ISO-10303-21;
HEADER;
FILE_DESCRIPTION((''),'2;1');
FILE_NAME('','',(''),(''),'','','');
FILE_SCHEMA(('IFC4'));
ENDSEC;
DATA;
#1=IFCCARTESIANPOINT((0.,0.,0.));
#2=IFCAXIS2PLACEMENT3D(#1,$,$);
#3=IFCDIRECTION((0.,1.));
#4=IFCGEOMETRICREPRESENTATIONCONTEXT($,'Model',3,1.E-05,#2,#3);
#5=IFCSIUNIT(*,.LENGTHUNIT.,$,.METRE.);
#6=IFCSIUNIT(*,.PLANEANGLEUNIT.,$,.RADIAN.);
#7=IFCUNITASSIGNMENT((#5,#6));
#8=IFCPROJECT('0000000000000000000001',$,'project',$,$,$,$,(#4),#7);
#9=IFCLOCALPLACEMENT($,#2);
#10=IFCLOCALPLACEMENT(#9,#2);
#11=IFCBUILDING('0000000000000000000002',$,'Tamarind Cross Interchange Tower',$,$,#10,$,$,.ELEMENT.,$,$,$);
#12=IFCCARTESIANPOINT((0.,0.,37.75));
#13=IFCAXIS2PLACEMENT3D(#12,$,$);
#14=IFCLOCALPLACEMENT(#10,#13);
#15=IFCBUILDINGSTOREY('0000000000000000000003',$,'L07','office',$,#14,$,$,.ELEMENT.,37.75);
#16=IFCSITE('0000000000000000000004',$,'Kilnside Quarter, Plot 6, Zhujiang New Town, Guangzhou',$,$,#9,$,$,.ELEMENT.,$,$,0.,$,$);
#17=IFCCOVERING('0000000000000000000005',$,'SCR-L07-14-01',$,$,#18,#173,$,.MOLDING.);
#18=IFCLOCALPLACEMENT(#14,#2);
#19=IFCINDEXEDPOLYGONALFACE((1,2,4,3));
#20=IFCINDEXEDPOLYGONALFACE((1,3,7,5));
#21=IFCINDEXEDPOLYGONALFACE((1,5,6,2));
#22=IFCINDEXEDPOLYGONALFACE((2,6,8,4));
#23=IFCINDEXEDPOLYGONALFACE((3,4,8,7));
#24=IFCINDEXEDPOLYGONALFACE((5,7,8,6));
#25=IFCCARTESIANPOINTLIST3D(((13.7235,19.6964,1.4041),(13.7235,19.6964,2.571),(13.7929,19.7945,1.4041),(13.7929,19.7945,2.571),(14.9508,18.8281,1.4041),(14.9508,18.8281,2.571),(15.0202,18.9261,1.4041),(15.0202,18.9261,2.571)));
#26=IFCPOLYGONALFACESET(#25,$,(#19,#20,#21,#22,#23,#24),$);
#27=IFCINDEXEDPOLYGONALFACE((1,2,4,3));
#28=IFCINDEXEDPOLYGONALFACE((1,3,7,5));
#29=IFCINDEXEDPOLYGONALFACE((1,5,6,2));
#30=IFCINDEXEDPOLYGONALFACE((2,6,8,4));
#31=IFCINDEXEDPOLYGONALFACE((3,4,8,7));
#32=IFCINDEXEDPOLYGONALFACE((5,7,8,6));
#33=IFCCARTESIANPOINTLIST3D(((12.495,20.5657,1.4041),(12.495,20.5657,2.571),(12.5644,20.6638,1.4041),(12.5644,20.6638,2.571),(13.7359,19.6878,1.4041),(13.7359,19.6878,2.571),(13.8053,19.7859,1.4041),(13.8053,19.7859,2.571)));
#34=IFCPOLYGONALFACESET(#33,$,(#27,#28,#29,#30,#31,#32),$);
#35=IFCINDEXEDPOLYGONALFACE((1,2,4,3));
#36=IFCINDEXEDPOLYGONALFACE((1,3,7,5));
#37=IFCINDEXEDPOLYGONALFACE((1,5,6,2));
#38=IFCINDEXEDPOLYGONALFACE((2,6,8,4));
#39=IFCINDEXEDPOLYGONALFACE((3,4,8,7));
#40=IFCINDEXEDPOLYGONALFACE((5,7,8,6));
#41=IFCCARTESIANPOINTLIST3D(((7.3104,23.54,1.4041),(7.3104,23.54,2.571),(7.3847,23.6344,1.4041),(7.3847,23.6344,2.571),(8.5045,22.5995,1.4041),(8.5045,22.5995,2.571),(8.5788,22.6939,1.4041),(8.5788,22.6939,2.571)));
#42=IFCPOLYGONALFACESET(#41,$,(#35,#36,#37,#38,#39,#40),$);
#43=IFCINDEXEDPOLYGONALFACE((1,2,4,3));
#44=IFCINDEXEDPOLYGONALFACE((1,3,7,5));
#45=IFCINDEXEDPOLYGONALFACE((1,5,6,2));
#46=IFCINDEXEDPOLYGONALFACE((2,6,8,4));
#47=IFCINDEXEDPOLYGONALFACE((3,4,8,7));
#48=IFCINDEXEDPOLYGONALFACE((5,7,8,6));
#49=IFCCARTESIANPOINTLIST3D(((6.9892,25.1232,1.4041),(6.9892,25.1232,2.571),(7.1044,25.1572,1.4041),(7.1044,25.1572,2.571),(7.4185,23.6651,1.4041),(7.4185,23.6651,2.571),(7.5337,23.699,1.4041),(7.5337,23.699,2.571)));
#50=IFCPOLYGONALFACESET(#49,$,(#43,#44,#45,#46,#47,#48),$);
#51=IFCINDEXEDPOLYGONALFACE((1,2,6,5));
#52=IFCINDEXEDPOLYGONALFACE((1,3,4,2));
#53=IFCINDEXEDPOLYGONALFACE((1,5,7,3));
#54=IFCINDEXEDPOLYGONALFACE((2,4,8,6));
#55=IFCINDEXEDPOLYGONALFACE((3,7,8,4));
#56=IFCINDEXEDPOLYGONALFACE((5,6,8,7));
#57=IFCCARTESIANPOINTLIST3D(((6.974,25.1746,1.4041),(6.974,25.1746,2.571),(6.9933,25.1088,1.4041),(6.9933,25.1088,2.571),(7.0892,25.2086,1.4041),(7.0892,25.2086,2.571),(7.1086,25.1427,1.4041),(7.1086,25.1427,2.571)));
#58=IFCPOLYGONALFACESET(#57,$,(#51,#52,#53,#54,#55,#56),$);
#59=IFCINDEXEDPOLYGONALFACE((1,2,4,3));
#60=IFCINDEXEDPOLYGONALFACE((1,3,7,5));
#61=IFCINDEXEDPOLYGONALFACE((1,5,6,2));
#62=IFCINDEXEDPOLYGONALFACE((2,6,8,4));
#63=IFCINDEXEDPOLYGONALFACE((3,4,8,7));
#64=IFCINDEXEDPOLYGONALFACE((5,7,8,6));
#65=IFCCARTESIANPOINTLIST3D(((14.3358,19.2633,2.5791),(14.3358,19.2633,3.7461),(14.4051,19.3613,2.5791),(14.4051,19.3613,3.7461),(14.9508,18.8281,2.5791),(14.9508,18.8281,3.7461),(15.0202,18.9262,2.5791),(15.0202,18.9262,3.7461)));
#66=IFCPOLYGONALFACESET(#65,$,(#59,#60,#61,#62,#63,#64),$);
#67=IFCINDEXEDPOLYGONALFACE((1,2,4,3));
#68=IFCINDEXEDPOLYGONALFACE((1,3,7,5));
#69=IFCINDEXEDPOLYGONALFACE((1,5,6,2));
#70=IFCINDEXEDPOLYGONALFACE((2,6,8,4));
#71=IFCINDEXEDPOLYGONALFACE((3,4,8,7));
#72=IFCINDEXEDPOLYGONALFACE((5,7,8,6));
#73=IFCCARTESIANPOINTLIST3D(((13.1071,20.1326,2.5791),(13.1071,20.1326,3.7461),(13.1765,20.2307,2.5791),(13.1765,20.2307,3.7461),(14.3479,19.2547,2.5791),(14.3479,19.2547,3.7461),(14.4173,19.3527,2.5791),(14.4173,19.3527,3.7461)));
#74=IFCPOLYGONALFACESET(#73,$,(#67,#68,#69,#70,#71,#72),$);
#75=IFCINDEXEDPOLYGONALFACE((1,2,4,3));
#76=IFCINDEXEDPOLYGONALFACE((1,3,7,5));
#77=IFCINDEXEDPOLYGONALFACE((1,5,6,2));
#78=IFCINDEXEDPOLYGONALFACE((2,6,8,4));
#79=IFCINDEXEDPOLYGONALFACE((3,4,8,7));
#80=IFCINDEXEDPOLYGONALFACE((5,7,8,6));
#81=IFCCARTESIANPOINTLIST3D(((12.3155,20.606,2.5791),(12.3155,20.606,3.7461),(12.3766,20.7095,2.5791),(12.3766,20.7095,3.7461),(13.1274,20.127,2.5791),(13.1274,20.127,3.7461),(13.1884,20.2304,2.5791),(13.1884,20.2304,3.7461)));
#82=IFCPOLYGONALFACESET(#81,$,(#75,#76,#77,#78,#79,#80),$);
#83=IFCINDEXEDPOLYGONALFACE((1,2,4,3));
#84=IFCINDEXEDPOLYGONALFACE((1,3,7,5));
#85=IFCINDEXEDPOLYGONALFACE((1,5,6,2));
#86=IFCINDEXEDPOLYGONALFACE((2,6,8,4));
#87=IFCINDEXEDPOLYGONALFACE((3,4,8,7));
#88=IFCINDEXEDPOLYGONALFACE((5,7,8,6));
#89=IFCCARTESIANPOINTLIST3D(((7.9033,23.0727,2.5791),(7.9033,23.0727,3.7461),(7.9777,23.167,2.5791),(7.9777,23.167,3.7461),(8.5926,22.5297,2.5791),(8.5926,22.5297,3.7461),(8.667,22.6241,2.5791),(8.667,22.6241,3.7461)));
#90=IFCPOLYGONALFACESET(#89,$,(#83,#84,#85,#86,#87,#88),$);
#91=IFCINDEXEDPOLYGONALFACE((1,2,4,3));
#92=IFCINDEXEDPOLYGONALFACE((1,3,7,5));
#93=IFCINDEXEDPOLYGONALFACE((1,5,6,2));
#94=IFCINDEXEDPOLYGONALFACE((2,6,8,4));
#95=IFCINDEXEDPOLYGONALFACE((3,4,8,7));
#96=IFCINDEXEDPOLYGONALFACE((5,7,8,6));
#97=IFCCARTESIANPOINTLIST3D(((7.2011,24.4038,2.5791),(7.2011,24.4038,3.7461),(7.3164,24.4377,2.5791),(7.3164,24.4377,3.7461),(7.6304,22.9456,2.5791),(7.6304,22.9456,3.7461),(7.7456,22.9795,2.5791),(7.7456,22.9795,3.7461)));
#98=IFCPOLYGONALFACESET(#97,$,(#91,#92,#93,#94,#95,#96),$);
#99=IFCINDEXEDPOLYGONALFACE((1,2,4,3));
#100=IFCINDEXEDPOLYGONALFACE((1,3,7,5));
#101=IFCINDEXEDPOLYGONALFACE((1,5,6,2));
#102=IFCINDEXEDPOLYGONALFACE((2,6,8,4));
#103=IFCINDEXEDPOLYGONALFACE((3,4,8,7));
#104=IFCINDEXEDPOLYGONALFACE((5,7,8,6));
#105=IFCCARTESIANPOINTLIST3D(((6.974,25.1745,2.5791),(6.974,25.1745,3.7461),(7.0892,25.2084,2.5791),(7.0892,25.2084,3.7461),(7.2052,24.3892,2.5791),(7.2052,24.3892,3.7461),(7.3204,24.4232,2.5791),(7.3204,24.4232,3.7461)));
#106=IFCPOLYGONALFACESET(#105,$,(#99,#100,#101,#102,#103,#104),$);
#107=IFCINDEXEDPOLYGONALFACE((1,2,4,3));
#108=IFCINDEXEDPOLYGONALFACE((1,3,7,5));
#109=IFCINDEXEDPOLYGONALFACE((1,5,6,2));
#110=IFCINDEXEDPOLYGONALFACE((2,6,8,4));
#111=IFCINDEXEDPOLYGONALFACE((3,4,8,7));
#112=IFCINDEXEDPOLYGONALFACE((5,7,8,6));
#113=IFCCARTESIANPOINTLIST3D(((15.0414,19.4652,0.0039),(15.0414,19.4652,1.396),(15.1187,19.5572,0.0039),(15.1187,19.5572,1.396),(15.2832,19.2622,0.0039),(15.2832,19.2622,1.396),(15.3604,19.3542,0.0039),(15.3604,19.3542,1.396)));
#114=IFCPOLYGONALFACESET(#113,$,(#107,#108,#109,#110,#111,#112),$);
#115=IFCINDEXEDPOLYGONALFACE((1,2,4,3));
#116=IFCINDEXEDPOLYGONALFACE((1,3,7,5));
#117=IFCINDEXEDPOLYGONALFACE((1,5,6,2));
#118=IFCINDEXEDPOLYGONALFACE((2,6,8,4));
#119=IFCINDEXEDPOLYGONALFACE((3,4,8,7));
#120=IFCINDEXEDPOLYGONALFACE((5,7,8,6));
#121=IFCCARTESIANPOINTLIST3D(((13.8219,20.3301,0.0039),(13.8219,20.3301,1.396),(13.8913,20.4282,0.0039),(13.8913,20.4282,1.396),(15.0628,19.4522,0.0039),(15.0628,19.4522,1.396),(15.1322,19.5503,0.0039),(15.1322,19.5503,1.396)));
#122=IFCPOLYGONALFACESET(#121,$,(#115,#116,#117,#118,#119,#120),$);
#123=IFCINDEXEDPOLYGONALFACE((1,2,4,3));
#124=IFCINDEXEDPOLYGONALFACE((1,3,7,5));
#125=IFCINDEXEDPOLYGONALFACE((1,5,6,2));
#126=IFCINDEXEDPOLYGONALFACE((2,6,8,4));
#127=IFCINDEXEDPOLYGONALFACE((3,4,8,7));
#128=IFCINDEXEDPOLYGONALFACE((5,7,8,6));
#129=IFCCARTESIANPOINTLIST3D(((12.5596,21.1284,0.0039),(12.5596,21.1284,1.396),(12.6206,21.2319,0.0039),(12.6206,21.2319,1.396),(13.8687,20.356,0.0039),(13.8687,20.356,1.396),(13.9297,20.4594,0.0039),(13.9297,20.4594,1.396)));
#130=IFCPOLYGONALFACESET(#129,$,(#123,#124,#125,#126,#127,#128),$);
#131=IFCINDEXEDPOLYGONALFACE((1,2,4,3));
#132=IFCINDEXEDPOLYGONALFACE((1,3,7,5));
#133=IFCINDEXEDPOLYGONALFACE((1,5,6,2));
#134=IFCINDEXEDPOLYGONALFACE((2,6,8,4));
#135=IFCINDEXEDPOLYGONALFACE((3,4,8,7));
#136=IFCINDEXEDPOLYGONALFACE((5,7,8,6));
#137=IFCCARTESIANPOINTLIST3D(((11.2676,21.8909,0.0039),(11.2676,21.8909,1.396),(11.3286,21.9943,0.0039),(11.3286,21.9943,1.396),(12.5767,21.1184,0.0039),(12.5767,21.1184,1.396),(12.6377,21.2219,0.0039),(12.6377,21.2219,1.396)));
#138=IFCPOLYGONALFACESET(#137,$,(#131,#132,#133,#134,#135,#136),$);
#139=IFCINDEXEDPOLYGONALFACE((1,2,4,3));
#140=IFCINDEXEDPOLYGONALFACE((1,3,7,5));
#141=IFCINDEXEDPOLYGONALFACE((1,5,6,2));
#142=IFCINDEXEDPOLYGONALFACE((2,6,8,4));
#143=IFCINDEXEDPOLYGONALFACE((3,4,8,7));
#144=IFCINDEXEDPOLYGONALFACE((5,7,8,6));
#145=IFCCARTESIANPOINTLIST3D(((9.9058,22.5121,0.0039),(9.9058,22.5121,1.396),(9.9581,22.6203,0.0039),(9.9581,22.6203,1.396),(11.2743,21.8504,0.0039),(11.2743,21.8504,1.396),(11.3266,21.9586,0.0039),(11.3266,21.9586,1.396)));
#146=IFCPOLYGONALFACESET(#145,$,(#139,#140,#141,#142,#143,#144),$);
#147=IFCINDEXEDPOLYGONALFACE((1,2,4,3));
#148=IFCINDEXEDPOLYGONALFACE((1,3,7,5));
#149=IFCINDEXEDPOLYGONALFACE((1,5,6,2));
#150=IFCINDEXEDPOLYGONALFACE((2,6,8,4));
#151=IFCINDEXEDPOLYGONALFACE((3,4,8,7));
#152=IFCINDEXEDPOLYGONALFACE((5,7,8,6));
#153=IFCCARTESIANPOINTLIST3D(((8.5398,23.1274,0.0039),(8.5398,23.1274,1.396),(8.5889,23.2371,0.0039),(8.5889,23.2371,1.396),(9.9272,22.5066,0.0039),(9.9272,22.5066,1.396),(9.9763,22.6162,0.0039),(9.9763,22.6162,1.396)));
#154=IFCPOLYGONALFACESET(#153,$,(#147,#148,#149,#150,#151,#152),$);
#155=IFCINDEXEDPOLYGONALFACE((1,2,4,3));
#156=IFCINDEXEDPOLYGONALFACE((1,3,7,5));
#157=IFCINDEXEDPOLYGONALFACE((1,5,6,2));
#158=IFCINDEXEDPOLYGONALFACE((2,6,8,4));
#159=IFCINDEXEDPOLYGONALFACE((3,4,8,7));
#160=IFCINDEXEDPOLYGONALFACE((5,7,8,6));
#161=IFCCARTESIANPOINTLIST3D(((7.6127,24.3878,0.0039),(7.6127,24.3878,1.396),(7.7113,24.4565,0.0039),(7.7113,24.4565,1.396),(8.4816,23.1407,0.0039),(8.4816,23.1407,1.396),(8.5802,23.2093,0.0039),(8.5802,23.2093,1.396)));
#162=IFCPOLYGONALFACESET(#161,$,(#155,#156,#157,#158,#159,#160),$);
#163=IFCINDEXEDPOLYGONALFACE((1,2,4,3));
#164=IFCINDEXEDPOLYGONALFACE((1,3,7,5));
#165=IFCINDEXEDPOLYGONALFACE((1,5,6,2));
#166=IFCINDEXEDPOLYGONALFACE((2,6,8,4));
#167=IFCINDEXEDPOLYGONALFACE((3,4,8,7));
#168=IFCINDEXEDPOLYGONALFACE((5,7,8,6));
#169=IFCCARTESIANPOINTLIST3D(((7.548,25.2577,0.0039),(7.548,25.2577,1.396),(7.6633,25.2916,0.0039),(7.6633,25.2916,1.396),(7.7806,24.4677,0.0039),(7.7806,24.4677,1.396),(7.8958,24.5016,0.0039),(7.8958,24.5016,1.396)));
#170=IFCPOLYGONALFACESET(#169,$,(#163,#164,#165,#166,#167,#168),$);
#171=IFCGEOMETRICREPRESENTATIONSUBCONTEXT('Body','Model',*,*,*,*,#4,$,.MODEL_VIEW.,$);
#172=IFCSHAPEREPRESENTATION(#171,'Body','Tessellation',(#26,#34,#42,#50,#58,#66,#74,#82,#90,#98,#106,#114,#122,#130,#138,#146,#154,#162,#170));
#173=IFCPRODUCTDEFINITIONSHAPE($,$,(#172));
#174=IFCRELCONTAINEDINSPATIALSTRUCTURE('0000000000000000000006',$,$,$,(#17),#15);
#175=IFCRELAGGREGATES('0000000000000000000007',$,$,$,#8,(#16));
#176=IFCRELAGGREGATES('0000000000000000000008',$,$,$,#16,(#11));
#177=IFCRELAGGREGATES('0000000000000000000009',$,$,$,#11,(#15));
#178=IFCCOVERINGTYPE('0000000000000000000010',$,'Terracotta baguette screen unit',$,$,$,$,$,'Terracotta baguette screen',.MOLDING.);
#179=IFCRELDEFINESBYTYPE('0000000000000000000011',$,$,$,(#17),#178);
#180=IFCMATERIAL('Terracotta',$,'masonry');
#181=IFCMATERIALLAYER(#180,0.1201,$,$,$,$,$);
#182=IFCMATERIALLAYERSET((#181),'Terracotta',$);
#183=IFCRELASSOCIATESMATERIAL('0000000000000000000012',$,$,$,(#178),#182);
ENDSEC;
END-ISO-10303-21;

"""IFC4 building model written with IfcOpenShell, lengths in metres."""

from ifc_helpers import new_model, si_unit, direction, frame, origin, origin_2d, place, context, subcontext, project, spatial, rectangle, extrude, material, layer, layer_set, type_object, element, save


model = new_model("IFC4")

# Units and contexts
model_context = context("Model", 3, precision=1e-05, world=origin(), true_north=direction((0.0, 1.0)))
body_context = subcontext(model_context, "Body", "Model", "MODEL_VIEW")
ifc_project = project(units=[si_unit("LENGTHUNIT", "METRE"), si_unit("PLANEANGLEUNIT", "RADIAN")], contexts=[model_context])

# Site, building, storey
site_placement = place(None, origin())
site = spatial("IfcSite", under=ifc_project, at=site_placement, Name="Kilnside Quarter, Plot 6, Zhujiang New Town, Guangzhou", CompositionType="ELEMENT", RefElevation=0.0)
building_placement = place(site_placement, origin())
building = spatial("IfcBuilding", under=site, at=building_placement, Name="Tamarind Cross Interchange Tower", CompositionType="ELEMENT")
storey_placement = place(building_placement, frame((0.0, 0.0, 37.75)))
storey = spatial("IfcBuildingStorey", under=building, at=storey_placement, Name="L07", Description="office", CompositionType="ELEMENT", Elevation=37.75)

# Covering
ifc_material_1 = material(Name="Terracotta", Category="masonry")
ifc_layer_1 = layer(ifc_material_1, 0.1201)
ifc_layer_set_1 = layer_set([ifc_layer_1], Name="Terracotta")
covering_type = type_object("IfcCoveringType", Name="Terracotta baguette screen unit", ElementType="Terracotta baguette screen", PredefinedType="MOLDING", material=ifc_layer_set_1)
covering_1_placement = place(storey_placement, origin())
element("IfcCovering", 1, at=covering_1_placement, inside=storey, type_object=covering_type, Name="SCR-L07-14-01", PredefinedType="MOLDING", context=body_context, shape_type="SweptSolid", body=[
    extrude(rectangle(XDim=1.5034, YDim=0.1201, at=origin_2d()), frame((14.3718, 19.3113, 1.4041), z_axis=(0.0, 0.0, 1.0), x_axis=(-0.816342, 0.577569, 0.0)), (0.0, 0.0, 1.0), 1.167),
    extrude(rectangle(XDim=1.52, YDim=0.1201, at=origin_2d()), frame((13.1501, 20.1758, 1.4041), z_axis=(0.0, 0.0, 1.0), x_axis=(-0.816342, 0.577569, 0.0)), (0.0, 0.0, 1.0), 1.167),
    extrude(rectangle(XDim=1.52, YDim=0.1201, at=origin_2d()), frame((7.9446, 23.1169, 1.4041), z_axis=(0.0, 0.0, 1.0), x_axis=(-0.78558, 0.61876, 0.0)), (0.0, 0.0, 1.0), 1.167),
    extrude(rectangle(XDim=1.52, YDim=0.1201, at=origin_2d()), frame((7.2615, 24.4111, 1.4041), z_axis=(0.0, 0.0, 1.0), x_axis=(-0.282423, 0.95929, 0.0)), (0.0, 0.0, 1.0), 1.167),
    extrude(rectangle(XDim=0.0686, YDim=0.1201, at=origin_2d()), frame((7.0413, 25.1587, 1.4041), z_axis=(0.0, 0.0, 1.0), x_axis=(-0.282423, 0.95929, 0.0)), (0.0, 0.0, 1.0), 1.167),
    extrude(rectangle(XDim=0.7534, YDim=0.1201, at=origin_2d()), frame((14.678, 19.0947, 2.5791), z_axis=(0.0, 0.0, 1.0), x_axis=(-0.816342, 0.577569, 0.0)), (0.0, 0.0, 1.0), 1.167),
    extrude(rectangle(XDim=1.52, YDim=0.1201, at=origin_2d()), frame((13.7622, 19.7427, 2.5791), z_axis=(0.0, 0.0, 1.0), x_axis=(-0.816342, 0.577569, 0.0)), (0.0, 0.0, 1.0), 1.167),
    extrude(rectangle(XDim=0.9426, YDim=0.1201, at=origin_2d()), frame((12.752, 20.4182, 2.5791), z_axis=(0.0, 0.0, 1.0), x_axis=(-0.861249, 0.508183, 0.0)), (0.0, 0.0, 1.0), 1.167),
    extrude(rectangle(XDim=0.8774, YDim=0.1201, at=origin_2d()), frame((8.2852, 22.8484, 2.5791), z_axis=(0.0, 0.0, 1.0), x_axis=(-0.78558, 0.61876, 0.0)), (0.0, 0.0, 1.0), 1.167),
    extrude(rectangle(XDim=1.52, YDim=0.1201, at=origin_2d()), frame((7.4734, 23.6917, 2.5791), z_axis=(0.0, 0.0, 1.0), x_axis=(-0.282423, 0.95929, 0.0)), (0.0, 0.0, 1.0), 1.167),
    extrude(rectangle(XDim=0.8186, YDim=0.1201, at=origin_2d()), frame((7.1472, 24.7988, 2.5791), z_axis=(0.0, 0.0, 1.0), x_axis=(-0.282423, 0.95929, 0.0)), (0.0, 0.0, 1.0), 1.167),
    extrude(rectangle(XDim=0.3157, YDim=0.1201, at=origin_2d()), frame((15.2009, 19.4097, 0.0039), z_axis=(0.0, 0.0, 1.0), x_axis=(-0.765858, 0.643009, 0.0)), (0.0, 0.0, 1.0), 1.3921),
    extrude(rectangle(XDim=1.52, YDim=0.1201, at=origin_2d()), frame((14.4771, 19.9402, 0.0039), z_axis=(0.0, 0.0, 1.0), x_axis=(-0.816342, 0.577569, 0.0)), (0.0, 0.0, 1.0), 1.3921),
    extrude(rectangle(XDim=1.52, YDim=0.1201, at=origin_2d()), frame((13.2446, 20.7939, 0.0039), z_axis=(0.0, 0.0, 1.0), x_axis=(-0.861249, 0.508183, 0.0)), (0.0, 0.0, 1.0), 1.3921),
    extrude(rectangle(XDim=1.52, YDim=0.1201, at=origin_2d()), frame((11.9526, 21.5564, 0.0039), z_axis=(0.0, 0.0, 1.0), x_axis=(-0.861249, 0.508183, 0.0)), (0.0, 0.0, 1.0), 1.3921),
    extrude(rectangle(XDim=1.52, YDim=0.1201, at=origin_2d()), frame((10.6162, 22.2354, 0.0039), z_axis=(0.0, 0.0, 1.0), x_axis=(-0.900273, 0.435326, 0.0)), (0.0, 0.0, 1.0), 1.3921),
    extrude(rectangle(XDim=1.52, YDim=0.1201, at=origin_2d()), frame((9.2581, 22.8718, 0.0039), z_axis=(0.0, 0.0, 1.0), x_axis=(-0.912774, 0.408466, 0.0)), (0.0, 0.0, 1.0), 1.3921),
    extrude(rectangle(XDim=1.52, YDim=0.1201, at=origin_2d()), frame((8.0964, 23.7986, 0.0039), z_axis=(0.0, 0.0, 1.0), x_axis=(-0.571638, 0.820506, 0.0)), (0.0, 0.0, 1.0), 1.3921),
    extrude(rectangle(XDim=0.8235, YDim=0.1201, at=origin_2d()), frame((7.7219, 24.8796, 0.0039), z_axis=(0.0, 0.0, 1.0), x_axis=(-0.282423, 0.95929, 0.0)), (0.0, 0.0, 1.0), 1.3921),
])

save(model, "model.ifc")
